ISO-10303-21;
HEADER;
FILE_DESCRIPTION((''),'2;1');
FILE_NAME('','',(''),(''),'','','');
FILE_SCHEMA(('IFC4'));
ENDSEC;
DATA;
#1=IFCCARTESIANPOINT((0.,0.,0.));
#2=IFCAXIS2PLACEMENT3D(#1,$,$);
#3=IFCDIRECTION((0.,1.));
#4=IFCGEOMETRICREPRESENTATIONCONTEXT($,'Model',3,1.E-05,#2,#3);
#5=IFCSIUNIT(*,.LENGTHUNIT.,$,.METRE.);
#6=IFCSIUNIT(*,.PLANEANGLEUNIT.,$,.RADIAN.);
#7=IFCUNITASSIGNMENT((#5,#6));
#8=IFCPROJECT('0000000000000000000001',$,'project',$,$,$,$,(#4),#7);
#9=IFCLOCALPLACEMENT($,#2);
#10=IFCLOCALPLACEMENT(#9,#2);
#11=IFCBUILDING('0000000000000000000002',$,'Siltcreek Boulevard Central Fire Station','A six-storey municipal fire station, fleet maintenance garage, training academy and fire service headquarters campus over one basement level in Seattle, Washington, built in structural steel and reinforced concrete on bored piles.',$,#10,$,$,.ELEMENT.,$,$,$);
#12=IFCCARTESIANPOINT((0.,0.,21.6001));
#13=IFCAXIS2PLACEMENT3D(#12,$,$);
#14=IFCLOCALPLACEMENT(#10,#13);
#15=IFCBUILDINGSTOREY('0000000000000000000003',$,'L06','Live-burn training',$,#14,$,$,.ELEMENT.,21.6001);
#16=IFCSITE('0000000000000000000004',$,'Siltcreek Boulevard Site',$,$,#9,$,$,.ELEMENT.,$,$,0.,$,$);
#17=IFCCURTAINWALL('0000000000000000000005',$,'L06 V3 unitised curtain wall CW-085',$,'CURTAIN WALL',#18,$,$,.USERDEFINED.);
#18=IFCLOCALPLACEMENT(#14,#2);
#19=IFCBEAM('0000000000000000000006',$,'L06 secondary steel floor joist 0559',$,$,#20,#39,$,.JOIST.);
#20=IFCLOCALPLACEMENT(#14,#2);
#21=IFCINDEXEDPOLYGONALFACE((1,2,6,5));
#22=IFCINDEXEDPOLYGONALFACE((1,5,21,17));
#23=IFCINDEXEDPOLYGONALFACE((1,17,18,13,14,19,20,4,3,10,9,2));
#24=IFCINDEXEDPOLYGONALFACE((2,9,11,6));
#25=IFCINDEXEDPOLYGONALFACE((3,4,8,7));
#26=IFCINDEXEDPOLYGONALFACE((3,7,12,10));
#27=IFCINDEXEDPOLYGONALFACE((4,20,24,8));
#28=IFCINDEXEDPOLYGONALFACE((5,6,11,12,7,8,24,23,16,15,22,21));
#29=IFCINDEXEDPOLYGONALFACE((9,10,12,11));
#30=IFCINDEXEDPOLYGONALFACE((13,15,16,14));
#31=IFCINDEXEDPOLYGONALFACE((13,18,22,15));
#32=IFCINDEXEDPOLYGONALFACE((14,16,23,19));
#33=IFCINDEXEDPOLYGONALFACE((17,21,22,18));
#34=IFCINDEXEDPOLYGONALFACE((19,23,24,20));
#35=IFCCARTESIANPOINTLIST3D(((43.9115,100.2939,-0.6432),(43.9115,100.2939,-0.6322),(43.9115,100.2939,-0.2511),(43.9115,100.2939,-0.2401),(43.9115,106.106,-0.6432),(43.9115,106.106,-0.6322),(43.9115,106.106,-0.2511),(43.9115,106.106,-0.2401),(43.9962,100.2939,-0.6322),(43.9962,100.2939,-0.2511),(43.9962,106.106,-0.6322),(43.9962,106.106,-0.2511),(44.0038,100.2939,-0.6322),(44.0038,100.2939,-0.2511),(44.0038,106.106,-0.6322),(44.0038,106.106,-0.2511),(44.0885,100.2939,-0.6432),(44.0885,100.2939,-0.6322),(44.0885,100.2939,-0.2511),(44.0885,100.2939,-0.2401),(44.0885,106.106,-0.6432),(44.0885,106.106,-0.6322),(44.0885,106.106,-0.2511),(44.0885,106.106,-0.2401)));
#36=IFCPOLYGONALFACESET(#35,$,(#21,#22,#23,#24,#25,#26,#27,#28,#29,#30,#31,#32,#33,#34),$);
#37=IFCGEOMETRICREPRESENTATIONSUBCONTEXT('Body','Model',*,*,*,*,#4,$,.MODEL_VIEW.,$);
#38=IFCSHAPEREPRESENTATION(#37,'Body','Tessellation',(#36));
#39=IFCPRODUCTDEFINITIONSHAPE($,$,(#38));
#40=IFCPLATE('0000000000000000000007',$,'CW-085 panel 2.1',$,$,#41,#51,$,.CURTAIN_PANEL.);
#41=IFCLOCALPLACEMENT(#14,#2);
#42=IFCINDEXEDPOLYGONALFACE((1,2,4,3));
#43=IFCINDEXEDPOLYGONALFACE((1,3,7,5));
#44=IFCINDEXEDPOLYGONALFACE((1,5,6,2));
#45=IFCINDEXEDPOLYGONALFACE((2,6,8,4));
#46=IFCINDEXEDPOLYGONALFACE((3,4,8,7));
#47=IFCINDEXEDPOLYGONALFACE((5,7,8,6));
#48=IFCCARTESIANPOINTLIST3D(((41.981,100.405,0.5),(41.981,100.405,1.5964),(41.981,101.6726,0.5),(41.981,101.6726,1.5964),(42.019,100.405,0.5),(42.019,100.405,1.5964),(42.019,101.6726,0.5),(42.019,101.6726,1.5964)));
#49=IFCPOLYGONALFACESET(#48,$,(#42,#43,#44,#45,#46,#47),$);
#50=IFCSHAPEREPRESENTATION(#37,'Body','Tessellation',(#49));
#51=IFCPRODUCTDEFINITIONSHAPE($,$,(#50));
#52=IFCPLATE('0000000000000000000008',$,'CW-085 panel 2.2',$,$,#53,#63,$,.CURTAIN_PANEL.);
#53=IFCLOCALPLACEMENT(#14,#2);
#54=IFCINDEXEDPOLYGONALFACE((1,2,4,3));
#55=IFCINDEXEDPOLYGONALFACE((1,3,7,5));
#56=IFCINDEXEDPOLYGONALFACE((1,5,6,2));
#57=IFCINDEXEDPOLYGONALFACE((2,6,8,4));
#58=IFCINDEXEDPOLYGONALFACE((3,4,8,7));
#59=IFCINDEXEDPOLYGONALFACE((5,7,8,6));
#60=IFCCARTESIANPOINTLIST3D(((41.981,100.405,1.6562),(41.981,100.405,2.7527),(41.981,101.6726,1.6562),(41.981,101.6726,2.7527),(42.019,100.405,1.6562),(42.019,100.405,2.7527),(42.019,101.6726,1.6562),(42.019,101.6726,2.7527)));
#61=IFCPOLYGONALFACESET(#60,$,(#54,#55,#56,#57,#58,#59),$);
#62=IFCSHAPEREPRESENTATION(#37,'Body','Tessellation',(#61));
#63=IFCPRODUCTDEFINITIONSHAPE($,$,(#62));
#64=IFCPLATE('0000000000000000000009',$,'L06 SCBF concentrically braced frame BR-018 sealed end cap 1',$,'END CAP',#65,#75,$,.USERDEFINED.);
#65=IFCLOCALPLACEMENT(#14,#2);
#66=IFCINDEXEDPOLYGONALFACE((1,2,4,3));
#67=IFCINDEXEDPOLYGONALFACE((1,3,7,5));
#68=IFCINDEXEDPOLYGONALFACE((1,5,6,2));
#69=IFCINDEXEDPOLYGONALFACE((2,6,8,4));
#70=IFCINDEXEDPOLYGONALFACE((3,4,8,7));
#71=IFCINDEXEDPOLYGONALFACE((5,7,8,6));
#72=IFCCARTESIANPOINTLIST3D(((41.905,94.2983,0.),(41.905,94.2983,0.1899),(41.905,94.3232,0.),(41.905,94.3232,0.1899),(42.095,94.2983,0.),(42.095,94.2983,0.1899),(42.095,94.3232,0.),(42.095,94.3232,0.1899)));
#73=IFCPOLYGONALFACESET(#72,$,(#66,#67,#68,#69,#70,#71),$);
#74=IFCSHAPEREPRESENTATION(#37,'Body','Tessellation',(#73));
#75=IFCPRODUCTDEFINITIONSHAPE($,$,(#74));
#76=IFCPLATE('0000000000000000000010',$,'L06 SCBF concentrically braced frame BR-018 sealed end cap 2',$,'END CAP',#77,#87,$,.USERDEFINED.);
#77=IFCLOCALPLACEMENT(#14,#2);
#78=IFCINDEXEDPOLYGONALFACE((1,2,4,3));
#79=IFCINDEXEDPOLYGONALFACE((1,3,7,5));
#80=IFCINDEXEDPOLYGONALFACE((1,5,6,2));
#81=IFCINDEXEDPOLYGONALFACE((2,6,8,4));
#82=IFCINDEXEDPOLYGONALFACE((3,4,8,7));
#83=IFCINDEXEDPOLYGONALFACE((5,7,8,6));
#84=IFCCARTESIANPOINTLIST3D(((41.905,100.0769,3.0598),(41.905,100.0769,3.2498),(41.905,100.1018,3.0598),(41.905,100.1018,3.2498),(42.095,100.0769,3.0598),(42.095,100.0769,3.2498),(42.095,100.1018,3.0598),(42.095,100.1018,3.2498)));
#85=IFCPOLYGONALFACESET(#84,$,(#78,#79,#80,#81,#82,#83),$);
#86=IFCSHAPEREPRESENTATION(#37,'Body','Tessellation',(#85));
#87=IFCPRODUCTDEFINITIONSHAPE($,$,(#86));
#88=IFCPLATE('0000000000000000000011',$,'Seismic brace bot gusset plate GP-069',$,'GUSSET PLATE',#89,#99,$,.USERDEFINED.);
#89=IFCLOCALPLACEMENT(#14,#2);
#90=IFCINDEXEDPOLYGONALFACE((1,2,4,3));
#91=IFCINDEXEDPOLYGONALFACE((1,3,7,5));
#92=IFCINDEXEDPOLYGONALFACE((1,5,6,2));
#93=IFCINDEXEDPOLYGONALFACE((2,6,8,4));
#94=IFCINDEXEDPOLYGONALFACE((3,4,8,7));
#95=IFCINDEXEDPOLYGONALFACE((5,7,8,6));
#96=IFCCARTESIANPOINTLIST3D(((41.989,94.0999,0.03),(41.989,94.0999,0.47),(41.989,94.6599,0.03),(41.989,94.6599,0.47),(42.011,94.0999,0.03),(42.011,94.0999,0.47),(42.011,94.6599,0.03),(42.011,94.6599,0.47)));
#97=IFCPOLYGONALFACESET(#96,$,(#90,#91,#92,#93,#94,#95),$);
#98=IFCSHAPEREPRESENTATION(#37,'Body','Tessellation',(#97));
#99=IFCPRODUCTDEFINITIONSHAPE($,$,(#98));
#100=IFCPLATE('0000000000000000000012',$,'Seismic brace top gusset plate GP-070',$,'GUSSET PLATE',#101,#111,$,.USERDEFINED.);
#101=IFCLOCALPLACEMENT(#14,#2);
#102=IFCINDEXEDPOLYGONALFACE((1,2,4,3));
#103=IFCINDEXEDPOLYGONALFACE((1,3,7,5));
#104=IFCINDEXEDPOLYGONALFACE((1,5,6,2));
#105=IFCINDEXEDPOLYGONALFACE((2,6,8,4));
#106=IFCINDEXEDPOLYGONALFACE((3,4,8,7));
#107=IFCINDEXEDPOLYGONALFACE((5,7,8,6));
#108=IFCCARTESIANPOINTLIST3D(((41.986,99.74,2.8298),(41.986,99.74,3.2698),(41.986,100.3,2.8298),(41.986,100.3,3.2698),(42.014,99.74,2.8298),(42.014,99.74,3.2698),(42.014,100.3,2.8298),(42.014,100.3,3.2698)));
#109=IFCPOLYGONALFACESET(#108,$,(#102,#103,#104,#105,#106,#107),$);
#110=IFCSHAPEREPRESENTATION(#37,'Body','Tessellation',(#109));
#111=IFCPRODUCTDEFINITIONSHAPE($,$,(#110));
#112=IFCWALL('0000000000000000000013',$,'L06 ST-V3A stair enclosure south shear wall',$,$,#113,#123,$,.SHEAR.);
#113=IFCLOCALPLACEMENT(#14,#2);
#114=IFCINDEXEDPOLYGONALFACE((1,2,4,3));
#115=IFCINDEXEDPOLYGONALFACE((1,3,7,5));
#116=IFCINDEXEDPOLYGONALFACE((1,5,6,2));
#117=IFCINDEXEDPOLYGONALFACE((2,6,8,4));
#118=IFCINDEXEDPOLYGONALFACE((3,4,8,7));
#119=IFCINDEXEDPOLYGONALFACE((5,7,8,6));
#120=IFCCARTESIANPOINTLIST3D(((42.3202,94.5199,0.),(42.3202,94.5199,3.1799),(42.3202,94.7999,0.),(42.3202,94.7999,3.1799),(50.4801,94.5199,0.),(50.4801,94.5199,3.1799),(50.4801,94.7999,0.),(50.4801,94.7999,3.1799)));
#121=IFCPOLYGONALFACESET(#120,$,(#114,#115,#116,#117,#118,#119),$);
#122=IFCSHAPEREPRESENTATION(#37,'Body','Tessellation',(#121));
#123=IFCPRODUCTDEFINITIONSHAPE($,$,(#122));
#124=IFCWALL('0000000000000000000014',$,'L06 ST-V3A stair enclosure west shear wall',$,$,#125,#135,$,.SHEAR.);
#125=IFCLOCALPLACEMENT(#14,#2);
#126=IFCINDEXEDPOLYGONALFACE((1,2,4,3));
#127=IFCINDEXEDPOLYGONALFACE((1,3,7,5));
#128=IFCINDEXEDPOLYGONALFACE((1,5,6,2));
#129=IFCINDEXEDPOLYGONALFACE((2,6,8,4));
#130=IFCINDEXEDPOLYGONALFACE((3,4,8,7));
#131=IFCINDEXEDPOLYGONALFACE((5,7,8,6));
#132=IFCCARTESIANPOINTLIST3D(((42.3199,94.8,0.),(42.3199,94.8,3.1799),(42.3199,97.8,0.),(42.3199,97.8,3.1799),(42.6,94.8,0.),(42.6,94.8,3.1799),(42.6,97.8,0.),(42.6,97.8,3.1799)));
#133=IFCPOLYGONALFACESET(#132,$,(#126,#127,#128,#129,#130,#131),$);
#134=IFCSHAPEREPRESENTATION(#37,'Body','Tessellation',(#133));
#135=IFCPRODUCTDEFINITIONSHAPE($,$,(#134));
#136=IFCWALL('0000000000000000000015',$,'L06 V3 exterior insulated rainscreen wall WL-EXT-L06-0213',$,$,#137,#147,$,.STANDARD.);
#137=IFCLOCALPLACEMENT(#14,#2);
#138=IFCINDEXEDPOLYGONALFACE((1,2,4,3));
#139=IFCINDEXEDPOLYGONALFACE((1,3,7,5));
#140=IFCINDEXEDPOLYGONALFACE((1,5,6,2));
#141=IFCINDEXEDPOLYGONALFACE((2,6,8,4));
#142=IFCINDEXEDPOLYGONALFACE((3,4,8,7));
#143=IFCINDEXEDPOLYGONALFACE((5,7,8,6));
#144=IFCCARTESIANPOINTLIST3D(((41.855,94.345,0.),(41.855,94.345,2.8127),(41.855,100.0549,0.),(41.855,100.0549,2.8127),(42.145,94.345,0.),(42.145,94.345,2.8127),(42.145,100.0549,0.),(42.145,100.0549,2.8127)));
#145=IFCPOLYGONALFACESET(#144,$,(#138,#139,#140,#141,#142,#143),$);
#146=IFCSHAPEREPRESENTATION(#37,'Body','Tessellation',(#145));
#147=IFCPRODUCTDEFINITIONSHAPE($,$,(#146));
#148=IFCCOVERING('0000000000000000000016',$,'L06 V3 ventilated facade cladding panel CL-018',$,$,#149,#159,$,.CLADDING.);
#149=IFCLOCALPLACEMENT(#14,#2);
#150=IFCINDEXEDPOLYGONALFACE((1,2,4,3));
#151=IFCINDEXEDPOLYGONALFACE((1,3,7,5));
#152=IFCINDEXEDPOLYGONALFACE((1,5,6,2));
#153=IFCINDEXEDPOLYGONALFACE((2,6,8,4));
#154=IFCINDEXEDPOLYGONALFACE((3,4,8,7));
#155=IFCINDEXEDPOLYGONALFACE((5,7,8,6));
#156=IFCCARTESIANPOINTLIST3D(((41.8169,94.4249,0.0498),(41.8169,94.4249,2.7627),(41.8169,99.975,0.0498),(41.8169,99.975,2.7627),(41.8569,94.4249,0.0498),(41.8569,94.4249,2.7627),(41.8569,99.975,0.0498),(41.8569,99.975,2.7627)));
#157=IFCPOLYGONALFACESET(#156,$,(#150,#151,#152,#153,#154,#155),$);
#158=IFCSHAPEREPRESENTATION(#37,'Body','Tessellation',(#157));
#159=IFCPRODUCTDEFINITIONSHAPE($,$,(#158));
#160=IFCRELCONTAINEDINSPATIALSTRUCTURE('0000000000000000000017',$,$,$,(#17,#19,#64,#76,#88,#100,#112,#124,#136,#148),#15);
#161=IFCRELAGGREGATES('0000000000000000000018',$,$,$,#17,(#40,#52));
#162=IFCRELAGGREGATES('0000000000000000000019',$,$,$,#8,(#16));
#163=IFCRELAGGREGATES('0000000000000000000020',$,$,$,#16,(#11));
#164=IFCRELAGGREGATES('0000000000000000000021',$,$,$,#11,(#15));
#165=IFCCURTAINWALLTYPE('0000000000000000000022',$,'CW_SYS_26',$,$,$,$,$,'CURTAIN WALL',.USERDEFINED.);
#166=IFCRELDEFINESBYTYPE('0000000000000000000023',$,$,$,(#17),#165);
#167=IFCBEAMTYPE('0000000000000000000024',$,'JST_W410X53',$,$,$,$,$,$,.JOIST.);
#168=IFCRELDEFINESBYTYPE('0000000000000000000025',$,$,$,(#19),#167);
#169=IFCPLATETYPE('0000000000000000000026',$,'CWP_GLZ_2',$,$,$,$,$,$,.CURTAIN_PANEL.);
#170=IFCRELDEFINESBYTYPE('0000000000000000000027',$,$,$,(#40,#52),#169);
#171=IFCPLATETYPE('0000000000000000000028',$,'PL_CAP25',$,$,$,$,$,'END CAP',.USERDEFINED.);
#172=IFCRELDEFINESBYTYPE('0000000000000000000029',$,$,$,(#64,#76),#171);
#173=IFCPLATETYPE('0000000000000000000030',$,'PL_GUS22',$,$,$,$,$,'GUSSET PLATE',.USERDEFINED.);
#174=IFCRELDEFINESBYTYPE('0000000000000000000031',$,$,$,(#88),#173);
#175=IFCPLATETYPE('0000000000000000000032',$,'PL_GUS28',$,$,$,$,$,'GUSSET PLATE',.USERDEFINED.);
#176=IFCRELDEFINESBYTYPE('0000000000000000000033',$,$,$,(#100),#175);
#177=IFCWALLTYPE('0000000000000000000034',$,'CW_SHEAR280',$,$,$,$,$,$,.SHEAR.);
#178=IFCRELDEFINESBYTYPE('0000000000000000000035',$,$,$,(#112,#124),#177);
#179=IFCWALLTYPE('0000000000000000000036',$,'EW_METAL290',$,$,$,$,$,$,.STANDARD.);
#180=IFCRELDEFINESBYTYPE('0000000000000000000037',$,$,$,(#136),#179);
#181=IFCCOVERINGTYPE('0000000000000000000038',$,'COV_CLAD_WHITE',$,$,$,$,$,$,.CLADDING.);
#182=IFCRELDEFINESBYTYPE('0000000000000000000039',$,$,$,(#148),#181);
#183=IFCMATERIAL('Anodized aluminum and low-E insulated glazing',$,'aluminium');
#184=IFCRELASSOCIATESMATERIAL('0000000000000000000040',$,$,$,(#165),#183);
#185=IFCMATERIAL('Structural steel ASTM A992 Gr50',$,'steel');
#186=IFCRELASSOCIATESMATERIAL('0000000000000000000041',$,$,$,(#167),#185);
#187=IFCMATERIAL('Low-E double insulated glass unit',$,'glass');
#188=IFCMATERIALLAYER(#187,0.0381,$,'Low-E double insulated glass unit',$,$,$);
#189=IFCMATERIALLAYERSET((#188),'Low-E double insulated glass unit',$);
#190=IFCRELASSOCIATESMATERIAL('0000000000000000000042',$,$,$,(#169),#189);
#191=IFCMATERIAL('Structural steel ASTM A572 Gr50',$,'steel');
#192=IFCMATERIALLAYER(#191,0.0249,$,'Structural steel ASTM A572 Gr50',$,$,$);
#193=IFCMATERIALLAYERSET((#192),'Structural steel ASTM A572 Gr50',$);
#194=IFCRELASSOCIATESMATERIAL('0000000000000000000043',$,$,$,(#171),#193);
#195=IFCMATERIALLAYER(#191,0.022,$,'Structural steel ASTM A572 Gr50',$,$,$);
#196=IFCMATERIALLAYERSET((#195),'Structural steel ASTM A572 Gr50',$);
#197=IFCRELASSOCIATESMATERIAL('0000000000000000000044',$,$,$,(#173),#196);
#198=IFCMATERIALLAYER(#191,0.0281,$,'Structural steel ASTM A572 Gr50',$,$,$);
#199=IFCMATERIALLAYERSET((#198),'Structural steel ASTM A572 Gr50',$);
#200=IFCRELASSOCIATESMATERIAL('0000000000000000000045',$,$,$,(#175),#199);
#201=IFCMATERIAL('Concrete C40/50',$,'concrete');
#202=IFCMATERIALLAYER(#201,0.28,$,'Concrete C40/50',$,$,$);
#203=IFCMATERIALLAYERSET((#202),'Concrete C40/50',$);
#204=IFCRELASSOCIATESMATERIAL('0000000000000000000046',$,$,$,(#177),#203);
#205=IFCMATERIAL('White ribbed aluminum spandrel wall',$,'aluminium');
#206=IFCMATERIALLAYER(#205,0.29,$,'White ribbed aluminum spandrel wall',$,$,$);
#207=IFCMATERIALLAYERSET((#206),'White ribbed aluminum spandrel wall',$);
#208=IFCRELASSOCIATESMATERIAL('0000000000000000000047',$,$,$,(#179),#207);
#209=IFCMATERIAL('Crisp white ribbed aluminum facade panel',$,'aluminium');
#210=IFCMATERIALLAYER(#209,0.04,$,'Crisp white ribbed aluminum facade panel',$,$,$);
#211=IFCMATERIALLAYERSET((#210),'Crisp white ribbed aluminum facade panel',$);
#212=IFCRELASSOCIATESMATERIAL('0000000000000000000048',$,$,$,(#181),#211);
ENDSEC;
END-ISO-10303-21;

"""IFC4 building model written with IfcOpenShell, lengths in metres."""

from ifc_helpers import new_model, si_unit, direction, frame, frame_2d, origin, origin_2d, place, context, subcontext, project, spatial, rectangle, i_section, extrude, material, layer, layer_set, material_profile, profile_set, type_object, element, aggregate, save


model = new_model("IFC4")

# Units and contexts
model_context = context("Model", 3, precision=1e-05, world=origin(), true_north=direction((0.0, 1.0)))
body_context = subcontext(model_context, "Body", "Model", "MODEL_VIEW")
ifc_project = project(units=[si_unit("LENGTHUNIT", "METRE"), si_unit("PLANEANGLEUNIT", "RADIAN")], contexts=[model_context])

# Site, building, storey
site_placement = place(None, origin())
site = spatial("IfcSite", under=ifc_project, at=site_placement, Name="Siltcreek Boulevard Site", CompositionType="ELEMENT", RefElevation=0.0)
building_placement = place(site_placement, origin())
building = spatial("IfcBuilding", under=site, at=building_placement, Name="Siltcreek Boulevard Central Fire Station", Description="A six-storey municipal fire station, fleet maintenance garage, training academy and fire service headquarters campus over one basement level in Seattle, Washington, built in structural steel and reinforced concrete on bored piles.", CompositionType="ELEMENT")
storey_placement = place(building_placement, frame((0.0, 0.0, 21.6001)))
storey = spatial("IfcBuildingStorey", under=building, at=storey_placement, Name="L06", Description="Live-burn training", CompositionType="ELEMENT", Elevation=21.6001)

# Shared definitions
ifc_material_1 = material(Name="Structural steel ASTM A992 Gr50", Category="steel")

# Curtain wall
ifc_material_2 = material(Name="Anodized aluminum and low-E insulated glazing", Category="aluminium")
curtain_wall_type = type_object("IfcCurtainWallType", Name="CW_SYS_26", ElementType="CURTAIN WALL", PredefinedType="USERDEFINED", material=ifc_material_2)
curtain_wall_placement = place(storey_placement, origin())
curtain_wall = element("IfcCurtainWall", 1, at=curtain_wall_placement, inside=storey, type_object=curtain_wall_type, Name="L06 V3 unitised curtain wall CW-085", ObjectType="CURTAIN WALL", PredefinedType="USERDEFINED")

# Beam
ifc_material_profile_1 = material_profile(ifc_material_1, i_section(OverallWidth=0.177, OverallDepth=0.4031, WebThickness=0.0076, FlangeThickness=0.011, at=origin_2d()), Name="W410X53")
ifc_profile_set_1 = profile_set([ifc_material_profile_1], Name="Structural steel ASTM A992 Gr50")
beam_type_1 = type_object("IfcBeamType", Name="JST_W410X53", PredefinedType="JOIST", material=ifc_profile_set_1)
beam_1_placement = place(storey_placement, frame((44.0, 100.2939, -0.4417), z_axis=(0.0, 1.0, 0.0), x_axis=(-1.0, 0.0, 0.0)))
element("IfcBeam", 2, at=beam_1_placement, inside=storey, type_object=beam_type_1, Name="L06 secondary steel floor joist 0559", PredefinedType="JOIST", context=body_context, shape_type="SweptSolid", body=[
    extrude(i_section(OverallWidth=0.177, OverallDepth=0.4031, WebThickness=0.0076, FlangeThickness=0.011, at=origin_2d()), origin(), (0.0, 0.0, 1.0), 5.812),
])

# Plates
ifc_material_3 = material(Name="Low-E double insulated glass unit", Category="glass")
ifc_layer_1 = layer(ifc_material_3, 0.0381, Name="Low-E double insulated glass unit")
ifc_layer_set_1 = layer_set([ifc_layer_1], Name="Low-E double insulated glass unit")
plate_type_1 = type_object("IfcPlateType", Name="CWP_GLZ_2", PredefinedType="CURTAIN_PANEL", material=ifc_layer_set_1)
plate_1_placement = place(storey_placement, frame((42.0, 101.0388, 0.5), z_axis=(0.0, 0.0, 1.0), x_axis=(0.0, -1.0, 0.0)))
plate_1 = element("IfcPlate", 3, at=plate_1_placement, type_object=plate_type_1, Name="CW-085 panel 2.1", PredefinedType="CURTAIN_PANEL", context=body_context, shape_type="SweptSolid", body=[
    extrude(rectangle(XDim=1.2676, YDim=0.0381, at=origin_2d()), origin(), (0.0, 0.0, 1.0), 1.0964),
])
plate_2_placement = place(storey_placement, frame((42.0, 101.0388, 1.6562), z_axis=(0.0, 0.0, 1.0), x_axis=(0.0, -1.0, 0.0)))
plate_2 = element("IfcPlate", 4, at=plate_2_placement, type_object=plate_type_1, Name="CW-085 panel 2.2", PredefinedType="CURTAIN_PANEL", context=body_context, shape_type="SweptSolid", body=[
    extrude(rectangle(XDim=1.2676, YDim=0.0381, at=origin_2d()), origin(), (0.0, 0.0, 1.0), 1.0964),
])
aggregate(curtain_wall, [plate_1, plate_2])

# Plates
ifc_material_4 = material(Name="Structural steel ASTM A572 Gr50", Category="steel")
ifc_layer_2 = layer(ifc_material_4, 0.0249, Name="Structural steel ASTM A572 Gr50")
ifc_layer_set_2 = layer_set([ifc_layer_2], Name="Structural steel ASTM A572 Gr50")
plate_type_2 = type_object("IfcPlateType", Name="PL_CAP25", ElementType="END CAP", PredefinedType="USERDEFINED", material=ifc_layer_set_2)
for number, where, z_axis, x_axis, name in (
    (5, (42.0, 94.3108, 0.0), (0.0, 0.0, 1.0), (0.0, 1.0, 0.0), "L06 SCBF concentrically braced frame BR-018 sealed end cap 1"),
    (6, (42.0, 100.0894, 3.0598), (0.0, 0.0, 1.0), (0.0, 1.0, 0.0), "L06 SCBF concentrically braced frame BR-018 sealed end cap 2"),
):
    element("IfcPlate", number, at=place(storey_placement, frame(where, z_axis=z_axis, x_axis=x_axis)), inside=storey, type_object=plate_type_2, Name=name, ObjectType="END CAP", PredefinedType="USERDEFINED", context=body_context, shape_type="SweptSolid", body=[
        extrude(rectangle(XDim=0.0249, YDim=0.1899, at=origin_2d()), origin(), (0.0, 0.0, 1.0), 0.1899),
    ])
ifc_layer_3 = layer(ifc_material_4, 0.022, Name="Structural steel ASTM A572 Gr50")
ifc_layer_set_3 = layer_set([ifc_layer_3], Name="Structural steel ASTM A572 Gr50")
plate_type_3 = type_object("IfcPlateType", Name="PL_GUS22", ElementType="GUSSET PLATE", PredefinedType="USERDEFINED", material=ifc_layer_set_3)
plate_3_placement = place(storey_placement, frame((42.0, 94.3799, 0.03), z_axis=(0.0, 0.0, 1.0), x_axis=(0.0, 1.0, 0.0)))
element("IfcPlate", 7, at=plate_3_placement, inside=storey, type_object=plate_type_3, Name="Seismic brace bot gusset plate GP-069", ObjectType="GUSSET PLATE", PredefinedType="USERDEFINED", context=body_context, shape_type="SweptSolid", body=[
    extrude(rectangle(XDim=0.5601, YDim=0.022, at=origin_2d()), origin(), (0.0, 0.0, 1.0), 0.4399),
])
ifc_layer_4 = layer(ifc_material_4, 0.0281, Name="Structural steel ASTM A572 Gr50")
ifc_layer_set_4 = layer_set([ifc_layer_4], Name="Structural steel ASTM A572 Gr50")
plate_type_4 = type_object("IfcPlateType", Name="PL_GUS28", ElementType="GUSSET PLATE", PredefinedType="USERDEFINED", material=ifc_layer_set_4)
plate_4_placement = place(storey_placement, frame((42.0, 100.02, 2.8298), z_axis=(0.0, 0.0, 1.0), x_axis=(0.0, 1.0, 0.0)))
element("IfcPlate", 8, at=plate_4_placement, inside=storey, type_object=plate_type_4, Name="Seismic brace top gusset plate GP-070", ObjectType="GUSSET PLATE", PredefinedType="USERDEFINED", context=body_context, shape_type="SweptSolid", body=[
    extrude(rectangle(XDim=0.5601, YDim=0.0281, at=origin_2d()), origin(), (0.0, 0.0, 1.0), 0.4399),
])

# Walls
ifc_material_5 = material(Name="Concrete C40/50", Category="concrete")
ifc_layer_5 = layer(ifc_material_5, 0.28, Name="Concrete C40/50")
ifc_layer_set_5 = layer_set([ifc_layer_5], Name="Concrete C40/50")
wall_type_1 = type_object("IfcWallType", Name="CW_SHEAR280", PredefinedType="SHEAR", material=ifc_layer_set_5)
wall_1_placement = place(storey_placement, frame((42.3201, 94.6599, 0.0), z_axis=(0.0, 0.0, 1.0), x_axis=(1.0, 0.0, 0.0)))
element("IfcWall", 9, at=wall_1_placement, inside=storey, type_object=wall_type_1, Name="L06 ST-V3A stair enclosure south shear wall", PredefinedType="SHEAR", context=body_context, shape_type="SweptSolid", body=[
    extrude(rectangle(XDim=8.1599, YDim=0.28, at=frame_2d((4.0801, 0.0))), origin(), (0.0, 0.0, 1.0), 3.1799),
])
wall_2_placement = place(storey_placement, frame((42.46, 97.8, 0.0), z_axis=(0.0, 0.0, 1.0), x_axis=(0.0, -1.0, 0.0)))
element("IfcWall", 10, at=wall_2_placement, inside=storey, type_object=wall_type_1, Name="L06 ST-V3A stair enclosure west shear wall", PredefinedType="SHEAR", context=body_context, shape_type="SweptSolid", body=[
    extrude(rectangle(XDim=3.0, YDim=0.28, at=frame_2d((1.5, 0.0))), origin(), (0.0, 0.0, 1.0), 3.1799),
])
ifc_material_6 = material(Name="White ribbed aluminum spandrel wall", Category="aluminium")
ifc_layer_6 = layer(ifc_material_6, 0.29, Name="White ribbed aluminum spandrel wall")
ifc_layer_set_6 = layer_set([ifc_layer_6], Name="White ribbed aluminum spandrel wall")
wall_type_2 = type_object("IfcWallType", Name="EW_METAL290", PredefinedType="STANDARD", material=ifc_layer_set_6)
wall_3_placement = place(storey_placement, frame((42.0, 100.0549, 0.0), z_axis=(0.0, 0.0, 1.0), x_axis=(0.0, -1.0, 0.0)))
element("IfcWall", 11, at=wall_3_placement, inside=storey, type_object=wall_type_2, Name="L06 V3 exterior insulated rainscreen wall WL-EXT-L06-0213", PredefinedType="STANDARD", context=body_context, shape_type="SweptSolid", body=[
    extrude(rectangle(XDim=5.71, YDim=0.29, at=frame_2d((2.855, 0.0))), origin(), (0.0, 0.0, 1.0), 2.8127),
])

# Covering
ifc_material_7 = material(Name="Crisp white ribbed aluminum facade panel", Category="aluminium")
ifc_layer_7 = layer(ifc_material_7, 0.04, Name="Crisp white ribbed aluminum facade panel")
ifc_layer_set_7 = layer_set([ifc_layer_7], Name="Crisp white ribbed aluminum facade panel")
covering_type = type_object("IfcCoveringType", Name="COV_CLAD_WHITE", PredefinedType="CLADDING", material=ifc_layer_set_7)
covering_placement = place(storey_placement, frame((41.8369, 97.2, 0.0498), z_axis=(0.0, 0.0, 1.0), x_axis=(0.0, -1.0, 0.0)))
element("IfcCovering", 12, at=covering_placement, inside=storey, type_object=covering_type, Name="L06 V3 ventilated facade cladding panel CL-018", PredefinedType="CLADDING", context=body_context, shape_type="SweptSolid", body=[
    extrude(rectangle(XDim=5.55, YDim=0.04, at=origin_2d()), origin(), (0.0, 0.0, 1.0), 2.7129),
])

save(model, "model.ifc")
